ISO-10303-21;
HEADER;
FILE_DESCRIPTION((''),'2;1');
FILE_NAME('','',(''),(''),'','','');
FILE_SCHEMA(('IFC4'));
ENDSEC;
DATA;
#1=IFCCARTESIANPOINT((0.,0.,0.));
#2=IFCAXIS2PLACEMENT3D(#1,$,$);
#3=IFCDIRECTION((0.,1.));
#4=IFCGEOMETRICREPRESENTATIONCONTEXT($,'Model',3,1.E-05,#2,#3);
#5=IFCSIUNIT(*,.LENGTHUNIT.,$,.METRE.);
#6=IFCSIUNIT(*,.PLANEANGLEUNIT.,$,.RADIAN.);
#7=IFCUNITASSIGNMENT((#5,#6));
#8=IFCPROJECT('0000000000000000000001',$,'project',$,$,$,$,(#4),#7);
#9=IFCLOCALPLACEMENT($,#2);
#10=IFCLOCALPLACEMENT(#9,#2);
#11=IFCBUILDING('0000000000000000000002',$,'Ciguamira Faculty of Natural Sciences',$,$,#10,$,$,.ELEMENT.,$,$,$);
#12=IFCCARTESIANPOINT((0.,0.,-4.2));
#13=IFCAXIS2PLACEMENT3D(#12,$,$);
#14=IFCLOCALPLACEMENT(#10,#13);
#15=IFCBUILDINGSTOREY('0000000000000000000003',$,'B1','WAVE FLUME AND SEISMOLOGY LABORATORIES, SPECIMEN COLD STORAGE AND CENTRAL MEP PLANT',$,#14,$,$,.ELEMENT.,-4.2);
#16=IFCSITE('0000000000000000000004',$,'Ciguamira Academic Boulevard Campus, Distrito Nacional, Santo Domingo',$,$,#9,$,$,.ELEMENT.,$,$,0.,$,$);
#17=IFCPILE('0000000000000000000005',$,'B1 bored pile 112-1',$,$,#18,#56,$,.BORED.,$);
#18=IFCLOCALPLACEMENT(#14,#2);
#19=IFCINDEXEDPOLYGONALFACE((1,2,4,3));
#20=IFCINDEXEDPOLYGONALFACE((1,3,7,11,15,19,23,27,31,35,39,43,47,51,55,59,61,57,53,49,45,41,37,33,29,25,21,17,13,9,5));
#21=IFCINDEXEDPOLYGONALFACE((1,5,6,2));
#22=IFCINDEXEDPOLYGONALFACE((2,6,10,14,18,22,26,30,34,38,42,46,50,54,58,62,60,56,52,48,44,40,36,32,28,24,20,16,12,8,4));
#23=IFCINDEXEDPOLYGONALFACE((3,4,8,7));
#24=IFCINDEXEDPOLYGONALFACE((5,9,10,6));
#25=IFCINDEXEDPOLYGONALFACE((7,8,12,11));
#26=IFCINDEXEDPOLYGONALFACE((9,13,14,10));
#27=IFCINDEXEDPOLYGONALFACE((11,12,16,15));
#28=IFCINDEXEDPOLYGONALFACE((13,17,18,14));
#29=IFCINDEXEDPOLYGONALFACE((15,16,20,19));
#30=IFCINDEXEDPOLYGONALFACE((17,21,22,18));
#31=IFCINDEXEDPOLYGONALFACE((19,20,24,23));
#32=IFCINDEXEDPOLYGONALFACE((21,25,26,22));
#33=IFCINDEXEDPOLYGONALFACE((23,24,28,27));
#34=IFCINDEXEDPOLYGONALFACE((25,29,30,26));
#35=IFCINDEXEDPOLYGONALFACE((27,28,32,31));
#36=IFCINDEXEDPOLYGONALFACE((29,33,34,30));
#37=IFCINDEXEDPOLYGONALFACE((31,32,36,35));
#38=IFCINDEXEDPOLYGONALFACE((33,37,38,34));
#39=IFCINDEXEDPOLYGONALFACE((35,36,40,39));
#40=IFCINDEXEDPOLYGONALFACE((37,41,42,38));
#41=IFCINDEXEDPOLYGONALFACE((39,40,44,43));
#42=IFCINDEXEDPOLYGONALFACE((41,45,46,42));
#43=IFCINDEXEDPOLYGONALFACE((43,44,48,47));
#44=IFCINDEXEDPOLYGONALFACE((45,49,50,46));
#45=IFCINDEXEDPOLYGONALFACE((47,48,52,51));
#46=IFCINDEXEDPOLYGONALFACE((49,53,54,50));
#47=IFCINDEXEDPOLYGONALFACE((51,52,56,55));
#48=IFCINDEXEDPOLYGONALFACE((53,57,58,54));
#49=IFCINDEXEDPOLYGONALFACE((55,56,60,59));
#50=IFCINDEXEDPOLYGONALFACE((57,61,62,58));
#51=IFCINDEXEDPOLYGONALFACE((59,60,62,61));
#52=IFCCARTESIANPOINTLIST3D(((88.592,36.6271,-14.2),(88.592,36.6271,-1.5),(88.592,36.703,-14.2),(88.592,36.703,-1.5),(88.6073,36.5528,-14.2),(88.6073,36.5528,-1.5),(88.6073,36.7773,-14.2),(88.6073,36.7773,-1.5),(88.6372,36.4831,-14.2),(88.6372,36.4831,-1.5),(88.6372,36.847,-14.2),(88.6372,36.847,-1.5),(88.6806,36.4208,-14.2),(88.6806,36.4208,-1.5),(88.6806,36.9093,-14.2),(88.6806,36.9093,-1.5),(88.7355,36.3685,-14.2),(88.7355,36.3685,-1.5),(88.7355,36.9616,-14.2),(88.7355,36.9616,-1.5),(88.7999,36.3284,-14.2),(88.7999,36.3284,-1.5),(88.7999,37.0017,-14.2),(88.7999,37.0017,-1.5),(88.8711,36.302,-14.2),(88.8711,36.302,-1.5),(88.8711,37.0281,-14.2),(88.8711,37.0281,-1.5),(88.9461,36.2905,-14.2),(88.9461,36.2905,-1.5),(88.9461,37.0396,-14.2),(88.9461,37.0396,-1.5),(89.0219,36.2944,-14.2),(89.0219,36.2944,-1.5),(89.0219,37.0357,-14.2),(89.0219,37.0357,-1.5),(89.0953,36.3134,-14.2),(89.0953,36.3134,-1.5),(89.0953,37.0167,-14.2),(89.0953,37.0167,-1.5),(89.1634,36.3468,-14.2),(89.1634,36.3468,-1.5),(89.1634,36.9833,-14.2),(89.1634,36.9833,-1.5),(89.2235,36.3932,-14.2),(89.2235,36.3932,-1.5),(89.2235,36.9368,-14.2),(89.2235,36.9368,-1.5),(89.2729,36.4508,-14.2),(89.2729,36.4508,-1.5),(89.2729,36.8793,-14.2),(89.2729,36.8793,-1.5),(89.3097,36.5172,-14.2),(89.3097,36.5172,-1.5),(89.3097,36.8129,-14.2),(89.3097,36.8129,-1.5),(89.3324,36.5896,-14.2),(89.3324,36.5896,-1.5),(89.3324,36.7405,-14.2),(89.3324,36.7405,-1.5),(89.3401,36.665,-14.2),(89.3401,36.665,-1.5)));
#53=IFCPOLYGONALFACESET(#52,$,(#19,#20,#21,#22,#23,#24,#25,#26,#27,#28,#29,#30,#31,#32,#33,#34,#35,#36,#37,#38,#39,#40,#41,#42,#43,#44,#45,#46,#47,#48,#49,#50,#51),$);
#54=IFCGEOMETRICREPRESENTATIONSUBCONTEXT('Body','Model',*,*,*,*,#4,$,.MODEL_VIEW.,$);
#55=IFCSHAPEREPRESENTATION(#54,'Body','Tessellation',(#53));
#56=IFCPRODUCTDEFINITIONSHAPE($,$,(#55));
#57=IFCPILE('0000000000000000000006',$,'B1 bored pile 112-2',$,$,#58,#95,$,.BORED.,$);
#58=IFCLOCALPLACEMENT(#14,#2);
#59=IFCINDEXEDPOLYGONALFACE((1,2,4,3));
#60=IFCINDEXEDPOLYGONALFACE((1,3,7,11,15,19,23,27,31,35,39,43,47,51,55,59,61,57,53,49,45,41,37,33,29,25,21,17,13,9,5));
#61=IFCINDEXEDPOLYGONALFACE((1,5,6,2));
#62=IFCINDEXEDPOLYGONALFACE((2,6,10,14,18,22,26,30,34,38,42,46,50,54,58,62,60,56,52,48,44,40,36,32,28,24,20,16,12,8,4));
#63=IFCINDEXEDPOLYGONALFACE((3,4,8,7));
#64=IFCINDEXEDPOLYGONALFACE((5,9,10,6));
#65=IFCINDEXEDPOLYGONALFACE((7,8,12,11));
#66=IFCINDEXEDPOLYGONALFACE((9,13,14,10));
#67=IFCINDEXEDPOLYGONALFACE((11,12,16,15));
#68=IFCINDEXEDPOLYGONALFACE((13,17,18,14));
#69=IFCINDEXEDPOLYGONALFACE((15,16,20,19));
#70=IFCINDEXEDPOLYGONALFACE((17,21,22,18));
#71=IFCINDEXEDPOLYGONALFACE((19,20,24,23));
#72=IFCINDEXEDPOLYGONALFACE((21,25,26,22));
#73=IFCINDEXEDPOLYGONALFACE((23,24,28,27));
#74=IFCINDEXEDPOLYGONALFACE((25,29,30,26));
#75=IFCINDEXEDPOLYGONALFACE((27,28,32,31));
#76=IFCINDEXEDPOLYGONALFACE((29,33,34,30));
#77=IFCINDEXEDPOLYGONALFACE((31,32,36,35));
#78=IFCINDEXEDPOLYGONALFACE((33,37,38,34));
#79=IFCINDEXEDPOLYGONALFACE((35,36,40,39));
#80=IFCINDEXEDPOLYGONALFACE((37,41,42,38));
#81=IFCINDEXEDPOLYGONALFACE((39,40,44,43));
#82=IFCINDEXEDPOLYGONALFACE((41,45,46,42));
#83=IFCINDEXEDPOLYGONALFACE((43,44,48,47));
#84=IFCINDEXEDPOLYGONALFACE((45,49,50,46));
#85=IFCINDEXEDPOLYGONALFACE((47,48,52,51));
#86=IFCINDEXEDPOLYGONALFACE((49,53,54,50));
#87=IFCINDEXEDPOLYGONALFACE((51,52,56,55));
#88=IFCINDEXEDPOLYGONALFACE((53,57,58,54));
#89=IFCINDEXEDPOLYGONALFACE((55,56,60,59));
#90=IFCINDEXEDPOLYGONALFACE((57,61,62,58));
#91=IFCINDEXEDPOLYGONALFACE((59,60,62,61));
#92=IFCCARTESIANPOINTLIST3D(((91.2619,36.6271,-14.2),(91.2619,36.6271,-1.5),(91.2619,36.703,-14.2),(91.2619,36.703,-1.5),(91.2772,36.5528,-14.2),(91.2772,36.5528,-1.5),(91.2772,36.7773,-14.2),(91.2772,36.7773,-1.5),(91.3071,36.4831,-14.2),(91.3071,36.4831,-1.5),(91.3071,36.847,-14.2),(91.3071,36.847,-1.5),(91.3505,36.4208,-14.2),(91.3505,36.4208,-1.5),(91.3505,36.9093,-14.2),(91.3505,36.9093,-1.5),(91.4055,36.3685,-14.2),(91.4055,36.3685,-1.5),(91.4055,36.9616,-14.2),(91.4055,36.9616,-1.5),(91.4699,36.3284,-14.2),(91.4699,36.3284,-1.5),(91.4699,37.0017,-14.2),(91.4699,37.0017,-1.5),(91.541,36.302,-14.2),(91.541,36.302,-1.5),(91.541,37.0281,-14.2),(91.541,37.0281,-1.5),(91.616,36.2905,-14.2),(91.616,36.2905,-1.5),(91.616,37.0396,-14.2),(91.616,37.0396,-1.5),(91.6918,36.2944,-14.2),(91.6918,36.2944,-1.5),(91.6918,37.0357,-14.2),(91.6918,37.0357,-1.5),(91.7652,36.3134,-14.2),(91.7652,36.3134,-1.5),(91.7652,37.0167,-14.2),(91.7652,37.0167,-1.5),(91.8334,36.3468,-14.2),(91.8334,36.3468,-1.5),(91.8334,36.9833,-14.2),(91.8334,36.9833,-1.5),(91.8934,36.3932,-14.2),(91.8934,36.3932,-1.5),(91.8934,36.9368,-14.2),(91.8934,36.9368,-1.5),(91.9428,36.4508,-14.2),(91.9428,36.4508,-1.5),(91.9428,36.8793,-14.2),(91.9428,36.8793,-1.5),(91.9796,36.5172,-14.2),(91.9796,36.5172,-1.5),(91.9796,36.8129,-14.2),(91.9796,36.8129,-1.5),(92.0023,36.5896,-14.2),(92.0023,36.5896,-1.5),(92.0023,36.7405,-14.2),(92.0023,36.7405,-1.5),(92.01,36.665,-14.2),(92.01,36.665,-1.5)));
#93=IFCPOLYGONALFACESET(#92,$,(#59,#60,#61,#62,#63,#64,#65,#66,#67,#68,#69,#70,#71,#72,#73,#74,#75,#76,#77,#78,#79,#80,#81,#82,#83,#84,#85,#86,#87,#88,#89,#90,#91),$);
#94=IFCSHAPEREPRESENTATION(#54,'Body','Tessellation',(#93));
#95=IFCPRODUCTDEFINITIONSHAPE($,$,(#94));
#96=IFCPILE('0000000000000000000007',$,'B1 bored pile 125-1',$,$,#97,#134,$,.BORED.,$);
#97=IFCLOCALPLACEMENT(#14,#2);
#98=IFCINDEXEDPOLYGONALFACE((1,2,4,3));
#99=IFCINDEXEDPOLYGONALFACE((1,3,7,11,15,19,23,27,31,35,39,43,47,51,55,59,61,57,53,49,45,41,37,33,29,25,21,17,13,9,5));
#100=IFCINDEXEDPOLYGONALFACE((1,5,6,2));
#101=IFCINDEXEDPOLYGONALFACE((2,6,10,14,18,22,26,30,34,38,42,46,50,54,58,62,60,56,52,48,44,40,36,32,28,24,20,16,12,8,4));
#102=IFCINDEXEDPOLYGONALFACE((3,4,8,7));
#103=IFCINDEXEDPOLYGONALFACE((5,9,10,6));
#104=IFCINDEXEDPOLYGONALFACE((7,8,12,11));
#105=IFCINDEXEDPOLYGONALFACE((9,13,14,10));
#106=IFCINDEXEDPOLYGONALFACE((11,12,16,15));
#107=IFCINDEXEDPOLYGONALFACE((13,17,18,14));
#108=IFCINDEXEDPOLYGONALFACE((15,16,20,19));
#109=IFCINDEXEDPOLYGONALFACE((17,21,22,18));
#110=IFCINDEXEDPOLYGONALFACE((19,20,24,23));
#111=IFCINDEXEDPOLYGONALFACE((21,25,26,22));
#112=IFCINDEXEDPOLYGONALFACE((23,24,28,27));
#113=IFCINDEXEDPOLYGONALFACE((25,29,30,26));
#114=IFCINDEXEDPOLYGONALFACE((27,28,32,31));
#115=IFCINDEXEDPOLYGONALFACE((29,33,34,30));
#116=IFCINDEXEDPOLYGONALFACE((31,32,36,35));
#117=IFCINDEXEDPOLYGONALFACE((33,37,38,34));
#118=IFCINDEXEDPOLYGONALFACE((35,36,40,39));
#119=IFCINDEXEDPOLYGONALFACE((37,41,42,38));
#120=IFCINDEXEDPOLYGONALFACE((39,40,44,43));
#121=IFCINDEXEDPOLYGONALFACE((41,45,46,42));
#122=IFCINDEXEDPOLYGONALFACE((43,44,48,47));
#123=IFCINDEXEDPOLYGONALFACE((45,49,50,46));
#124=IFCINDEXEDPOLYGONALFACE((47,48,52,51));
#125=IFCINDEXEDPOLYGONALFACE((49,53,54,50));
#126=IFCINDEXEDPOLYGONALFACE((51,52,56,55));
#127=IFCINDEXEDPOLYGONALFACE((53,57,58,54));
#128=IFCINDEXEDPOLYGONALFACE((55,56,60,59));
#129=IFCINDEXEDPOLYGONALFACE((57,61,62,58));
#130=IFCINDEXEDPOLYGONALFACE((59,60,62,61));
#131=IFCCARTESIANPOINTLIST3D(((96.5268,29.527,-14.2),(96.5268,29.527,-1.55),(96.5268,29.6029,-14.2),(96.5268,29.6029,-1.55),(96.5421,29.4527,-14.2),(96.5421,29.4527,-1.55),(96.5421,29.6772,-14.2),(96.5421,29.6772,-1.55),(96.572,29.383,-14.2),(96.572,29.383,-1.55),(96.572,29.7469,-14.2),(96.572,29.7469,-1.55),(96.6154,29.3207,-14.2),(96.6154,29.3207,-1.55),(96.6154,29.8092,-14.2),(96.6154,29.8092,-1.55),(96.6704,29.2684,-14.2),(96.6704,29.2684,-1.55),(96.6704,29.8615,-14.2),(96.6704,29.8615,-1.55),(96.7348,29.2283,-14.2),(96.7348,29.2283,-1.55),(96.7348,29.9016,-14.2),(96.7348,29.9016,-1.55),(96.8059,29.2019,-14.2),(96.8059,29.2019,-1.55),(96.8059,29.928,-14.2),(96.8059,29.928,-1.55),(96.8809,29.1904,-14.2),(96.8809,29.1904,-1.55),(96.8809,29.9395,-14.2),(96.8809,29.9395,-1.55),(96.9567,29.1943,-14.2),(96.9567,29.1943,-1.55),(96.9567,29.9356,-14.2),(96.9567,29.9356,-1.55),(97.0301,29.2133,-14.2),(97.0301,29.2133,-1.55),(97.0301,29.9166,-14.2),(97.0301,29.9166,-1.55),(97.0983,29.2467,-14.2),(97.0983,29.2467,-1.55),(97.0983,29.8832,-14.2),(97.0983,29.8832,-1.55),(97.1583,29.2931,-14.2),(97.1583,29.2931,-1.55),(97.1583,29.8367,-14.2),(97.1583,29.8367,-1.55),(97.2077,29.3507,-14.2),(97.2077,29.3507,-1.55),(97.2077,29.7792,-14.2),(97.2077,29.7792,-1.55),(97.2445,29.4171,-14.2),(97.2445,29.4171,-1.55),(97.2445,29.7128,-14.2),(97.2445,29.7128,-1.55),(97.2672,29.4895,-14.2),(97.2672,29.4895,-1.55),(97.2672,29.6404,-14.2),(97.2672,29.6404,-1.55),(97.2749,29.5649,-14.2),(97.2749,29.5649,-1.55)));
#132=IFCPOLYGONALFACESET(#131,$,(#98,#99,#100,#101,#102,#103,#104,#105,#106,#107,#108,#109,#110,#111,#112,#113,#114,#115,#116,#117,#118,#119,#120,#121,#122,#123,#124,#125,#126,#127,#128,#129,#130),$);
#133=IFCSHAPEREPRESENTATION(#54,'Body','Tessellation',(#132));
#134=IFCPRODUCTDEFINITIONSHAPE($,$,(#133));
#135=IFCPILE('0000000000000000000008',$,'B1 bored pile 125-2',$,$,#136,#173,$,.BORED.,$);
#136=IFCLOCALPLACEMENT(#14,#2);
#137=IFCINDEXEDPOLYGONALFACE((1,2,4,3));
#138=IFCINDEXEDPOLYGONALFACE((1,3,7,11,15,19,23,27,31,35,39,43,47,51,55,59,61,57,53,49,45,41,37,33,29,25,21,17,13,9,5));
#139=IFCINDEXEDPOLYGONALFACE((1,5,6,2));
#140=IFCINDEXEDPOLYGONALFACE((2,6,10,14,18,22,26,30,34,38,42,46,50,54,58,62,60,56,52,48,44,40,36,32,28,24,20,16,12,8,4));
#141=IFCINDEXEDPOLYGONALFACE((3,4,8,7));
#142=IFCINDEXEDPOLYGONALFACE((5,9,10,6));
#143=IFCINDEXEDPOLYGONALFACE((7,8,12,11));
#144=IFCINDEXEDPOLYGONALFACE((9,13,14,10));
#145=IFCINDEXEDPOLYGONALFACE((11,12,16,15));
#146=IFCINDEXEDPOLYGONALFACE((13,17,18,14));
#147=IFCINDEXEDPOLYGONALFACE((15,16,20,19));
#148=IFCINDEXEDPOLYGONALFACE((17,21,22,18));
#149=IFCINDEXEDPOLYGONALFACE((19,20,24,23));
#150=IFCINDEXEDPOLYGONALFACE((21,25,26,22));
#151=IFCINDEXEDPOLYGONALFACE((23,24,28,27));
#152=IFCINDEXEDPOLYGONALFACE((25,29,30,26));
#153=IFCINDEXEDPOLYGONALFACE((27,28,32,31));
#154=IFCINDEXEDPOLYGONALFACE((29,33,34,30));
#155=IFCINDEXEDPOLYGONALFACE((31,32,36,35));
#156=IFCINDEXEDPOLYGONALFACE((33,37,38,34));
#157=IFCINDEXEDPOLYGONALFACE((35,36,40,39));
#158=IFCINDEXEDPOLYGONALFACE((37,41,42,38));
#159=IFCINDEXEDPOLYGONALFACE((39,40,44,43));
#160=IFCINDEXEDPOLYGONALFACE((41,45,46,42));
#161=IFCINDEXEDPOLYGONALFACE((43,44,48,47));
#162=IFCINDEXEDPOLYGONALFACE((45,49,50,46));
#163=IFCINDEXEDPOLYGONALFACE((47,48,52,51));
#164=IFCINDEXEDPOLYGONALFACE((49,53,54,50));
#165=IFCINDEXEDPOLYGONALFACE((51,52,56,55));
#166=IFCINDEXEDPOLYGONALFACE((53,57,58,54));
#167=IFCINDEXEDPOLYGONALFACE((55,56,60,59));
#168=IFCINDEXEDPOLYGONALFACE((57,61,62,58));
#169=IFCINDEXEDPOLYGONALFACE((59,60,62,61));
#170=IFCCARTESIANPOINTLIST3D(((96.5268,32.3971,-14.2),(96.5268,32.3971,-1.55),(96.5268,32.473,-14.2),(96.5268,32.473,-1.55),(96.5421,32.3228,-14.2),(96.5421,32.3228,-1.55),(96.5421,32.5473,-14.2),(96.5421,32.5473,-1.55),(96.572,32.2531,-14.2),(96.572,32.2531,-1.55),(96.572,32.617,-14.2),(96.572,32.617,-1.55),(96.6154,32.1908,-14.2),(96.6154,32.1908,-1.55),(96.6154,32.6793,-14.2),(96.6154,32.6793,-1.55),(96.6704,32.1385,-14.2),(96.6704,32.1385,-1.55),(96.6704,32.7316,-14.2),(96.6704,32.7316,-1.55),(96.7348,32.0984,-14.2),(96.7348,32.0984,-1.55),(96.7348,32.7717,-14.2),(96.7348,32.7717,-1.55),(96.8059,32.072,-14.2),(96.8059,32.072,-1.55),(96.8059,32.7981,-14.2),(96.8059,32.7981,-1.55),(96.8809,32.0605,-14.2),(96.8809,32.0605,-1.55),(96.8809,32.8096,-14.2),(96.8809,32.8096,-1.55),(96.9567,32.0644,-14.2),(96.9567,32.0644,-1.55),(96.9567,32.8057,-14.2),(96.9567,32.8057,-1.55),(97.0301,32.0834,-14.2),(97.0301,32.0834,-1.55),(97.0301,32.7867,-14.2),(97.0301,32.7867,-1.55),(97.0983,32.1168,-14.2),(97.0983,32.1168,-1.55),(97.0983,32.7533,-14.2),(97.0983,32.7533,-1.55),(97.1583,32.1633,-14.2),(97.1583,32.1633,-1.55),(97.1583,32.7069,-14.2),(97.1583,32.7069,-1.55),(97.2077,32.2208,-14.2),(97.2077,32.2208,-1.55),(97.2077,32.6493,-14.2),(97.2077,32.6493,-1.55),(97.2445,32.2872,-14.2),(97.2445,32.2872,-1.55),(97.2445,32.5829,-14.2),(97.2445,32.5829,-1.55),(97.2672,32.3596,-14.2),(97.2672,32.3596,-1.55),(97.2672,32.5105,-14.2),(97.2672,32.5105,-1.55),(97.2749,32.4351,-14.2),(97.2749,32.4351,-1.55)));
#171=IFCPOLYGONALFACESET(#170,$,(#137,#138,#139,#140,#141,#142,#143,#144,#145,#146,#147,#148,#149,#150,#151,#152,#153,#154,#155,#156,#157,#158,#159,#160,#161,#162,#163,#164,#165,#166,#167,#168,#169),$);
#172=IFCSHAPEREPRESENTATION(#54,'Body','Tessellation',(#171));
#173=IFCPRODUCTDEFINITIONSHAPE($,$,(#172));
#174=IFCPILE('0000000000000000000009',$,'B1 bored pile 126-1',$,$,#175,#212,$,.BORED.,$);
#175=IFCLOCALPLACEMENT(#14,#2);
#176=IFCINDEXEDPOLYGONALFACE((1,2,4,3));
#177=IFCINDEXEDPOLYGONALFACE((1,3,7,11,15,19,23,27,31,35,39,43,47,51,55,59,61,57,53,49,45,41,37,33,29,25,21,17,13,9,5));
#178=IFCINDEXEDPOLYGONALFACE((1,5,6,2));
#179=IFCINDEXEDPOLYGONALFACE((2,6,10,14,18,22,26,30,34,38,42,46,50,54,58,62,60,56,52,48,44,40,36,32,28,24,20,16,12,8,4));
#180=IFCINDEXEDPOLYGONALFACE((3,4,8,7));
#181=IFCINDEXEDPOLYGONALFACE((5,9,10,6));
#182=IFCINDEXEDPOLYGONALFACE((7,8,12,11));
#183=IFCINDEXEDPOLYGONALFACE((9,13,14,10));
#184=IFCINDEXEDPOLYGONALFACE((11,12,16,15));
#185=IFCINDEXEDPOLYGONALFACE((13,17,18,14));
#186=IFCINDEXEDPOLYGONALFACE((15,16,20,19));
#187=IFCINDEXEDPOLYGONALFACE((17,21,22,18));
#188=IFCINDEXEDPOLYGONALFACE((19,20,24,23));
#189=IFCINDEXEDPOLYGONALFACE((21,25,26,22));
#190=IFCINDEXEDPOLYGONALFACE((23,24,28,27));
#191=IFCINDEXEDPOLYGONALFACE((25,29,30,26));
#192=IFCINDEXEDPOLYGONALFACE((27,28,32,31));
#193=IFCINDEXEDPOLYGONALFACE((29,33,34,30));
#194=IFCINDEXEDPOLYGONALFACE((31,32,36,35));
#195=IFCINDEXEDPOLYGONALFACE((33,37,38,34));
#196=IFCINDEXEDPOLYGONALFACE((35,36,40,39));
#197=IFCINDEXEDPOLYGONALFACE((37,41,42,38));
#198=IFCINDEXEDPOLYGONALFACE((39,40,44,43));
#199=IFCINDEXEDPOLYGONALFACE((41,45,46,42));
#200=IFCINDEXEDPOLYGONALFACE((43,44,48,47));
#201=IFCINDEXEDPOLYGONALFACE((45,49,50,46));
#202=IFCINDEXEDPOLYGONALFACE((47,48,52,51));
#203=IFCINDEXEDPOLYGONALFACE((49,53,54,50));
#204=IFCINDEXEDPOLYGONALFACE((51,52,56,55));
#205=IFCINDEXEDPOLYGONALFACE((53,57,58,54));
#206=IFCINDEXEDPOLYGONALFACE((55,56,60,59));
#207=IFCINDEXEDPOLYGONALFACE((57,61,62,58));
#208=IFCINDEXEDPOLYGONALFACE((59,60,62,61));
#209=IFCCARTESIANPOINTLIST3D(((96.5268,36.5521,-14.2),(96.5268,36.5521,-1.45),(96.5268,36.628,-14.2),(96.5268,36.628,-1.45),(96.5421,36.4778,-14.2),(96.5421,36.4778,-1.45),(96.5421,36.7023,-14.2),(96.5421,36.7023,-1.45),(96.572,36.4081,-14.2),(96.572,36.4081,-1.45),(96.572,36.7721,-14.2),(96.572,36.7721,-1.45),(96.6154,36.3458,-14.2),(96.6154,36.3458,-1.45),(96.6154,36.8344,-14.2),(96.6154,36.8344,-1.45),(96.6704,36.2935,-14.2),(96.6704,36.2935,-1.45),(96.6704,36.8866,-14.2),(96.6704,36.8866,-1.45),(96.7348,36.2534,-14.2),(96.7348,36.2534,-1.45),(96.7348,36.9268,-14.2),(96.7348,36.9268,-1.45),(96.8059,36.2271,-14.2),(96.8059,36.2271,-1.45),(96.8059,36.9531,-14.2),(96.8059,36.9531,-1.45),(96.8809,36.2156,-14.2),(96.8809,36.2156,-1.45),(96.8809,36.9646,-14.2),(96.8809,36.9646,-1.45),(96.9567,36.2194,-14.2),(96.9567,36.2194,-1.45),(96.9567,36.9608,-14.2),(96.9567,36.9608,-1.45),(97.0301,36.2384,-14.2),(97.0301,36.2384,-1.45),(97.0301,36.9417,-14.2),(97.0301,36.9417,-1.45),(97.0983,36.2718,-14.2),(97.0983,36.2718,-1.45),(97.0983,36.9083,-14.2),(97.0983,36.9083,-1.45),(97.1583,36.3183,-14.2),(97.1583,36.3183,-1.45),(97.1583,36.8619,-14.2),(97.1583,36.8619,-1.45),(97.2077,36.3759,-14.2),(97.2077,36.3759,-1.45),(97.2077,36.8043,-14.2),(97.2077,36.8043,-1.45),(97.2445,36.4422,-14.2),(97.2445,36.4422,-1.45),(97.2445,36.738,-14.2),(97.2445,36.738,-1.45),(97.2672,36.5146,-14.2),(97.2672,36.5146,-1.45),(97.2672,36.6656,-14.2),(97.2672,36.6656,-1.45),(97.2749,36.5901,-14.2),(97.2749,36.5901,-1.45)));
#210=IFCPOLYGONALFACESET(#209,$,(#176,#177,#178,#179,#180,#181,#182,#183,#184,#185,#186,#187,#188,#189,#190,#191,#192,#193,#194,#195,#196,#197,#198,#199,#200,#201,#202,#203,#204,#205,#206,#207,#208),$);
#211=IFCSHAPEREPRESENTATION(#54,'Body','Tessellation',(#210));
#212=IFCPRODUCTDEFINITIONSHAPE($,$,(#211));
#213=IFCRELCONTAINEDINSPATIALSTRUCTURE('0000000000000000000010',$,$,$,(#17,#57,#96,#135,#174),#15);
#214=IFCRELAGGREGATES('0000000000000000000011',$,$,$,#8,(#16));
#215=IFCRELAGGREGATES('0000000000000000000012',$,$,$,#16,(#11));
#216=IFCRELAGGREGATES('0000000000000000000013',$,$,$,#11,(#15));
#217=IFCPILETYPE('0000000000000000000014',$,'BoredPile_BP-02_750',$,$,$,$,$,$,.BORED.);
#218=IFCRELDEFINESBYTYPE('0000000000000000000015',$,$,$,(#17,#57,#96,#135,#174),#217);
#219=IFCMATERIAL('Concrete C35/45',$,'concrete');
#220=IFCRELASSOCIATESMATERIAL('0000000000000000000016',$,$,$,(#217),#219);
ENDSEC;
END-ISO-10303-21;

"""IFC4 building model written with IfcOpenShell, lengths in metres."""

from ifc_helpers import new_model, si_unit, direction, frame, origin, origin_2d, place, context, subcontext, project, spatial, circle, extrude, material, material_profile, profile_set, type_object, element, save


model = new_model("IFC4")

# Units and contexts
model_context = context("Model", 3, precision=1e-05, world=origin(), true_north=direction((0.0, 1.0)))
body_context = subcontext(model_context, "Body", "Model", "MODEL_VIEW")
ifc_project = project(units=[si_unit("LENGTHUNIT", "METRE"), si_unit("PLANEANGLEUNIT", "RADIAN")], contexts=[model_context])

# Site, building, storey
site_placement = place(None, origin())
site = spatial("IfcSite", under=ifc_project, at=site_placement, Name="Ciguamira Academic Boulevard Campus, Distrito Nacional, Santo Domingo", CompositionType="ELEMENT", RefElevation=0.0)
building_placement = place(site_placement, origin())
building = spatial("IfcBuilding", under=site, at=building_placement, Name="Ciguamira Faculty of Natural Sciences", CompositionType="ELEMENT")
storey_placement = place(building_placement, frame((0.0, 0.0, -4.2)))
storey = spatial("IfcBuildingStorey", under=building, at=storey_placement, Name="B1", Description="WAVE FLUME AND SEISMOLOGY LABORATORIES, SPECIMEN COLD STORAGE AND CENTRAL MEP PLANT", CompositionType="ELEMENT", Elevation=-4.2)

# Piles
ifc_material_1 = material(Name="Concrete C35/45", Category="concrete")
ifc_material_profile_1 = material_profile(ifc_material_1, circle(Radius=0.375, at=origin_2d()), Name="PILE-BORED-750")
ifc_profile_set_1 = profile_set([ifc_material_profile_1], Name="Concrete C35/45")
pile_type = type_object("IfcPileType", Name="BoredPile_BP-02_750", PredefinedType="BORED", material=ifc_profile_set_1)
for number, where, z_axis, x_axis, name in (
    (1, (88.9651, 36.665, -1.5), (0.0, 0.0, -1.0), (1.0, 0.0, 0.0), "B1 bored pile 112-1"),
    (2, (91.635, 36.665, -1.5), (0.0, 0.0, -1.0), (1.0, 0.0, 0.0), "B1 bored pile 112-2"),
):
    element("IfcPile", number, at=place(storey_placement, frame(where, z_axis=z_axis, x_axis=x_axis)), inside=storey, type_object=pile_type, Name=name, PredefinedType="BORED", context=body_context, shape_type="SweptSolid", body=[
        extrude(circle(Radius=0.375, at=origin_2d()), origin(), (0.0, 0.0, 1.0), 12.7),
    ])
for number, where, z_axis, x_axis, name in (
    (3, (96.8999, 29.5649, -1.55), (0.0, 0.0, -1.0), (1.0, 0.0, 0.0), "B1 bored pile 125-1"),
    (4, (96.8999, 32.4351, -1.55), (0.0, 0.0, -1.0), (1.0, 0.0, 0.0), "B1 bored pile 125-2"),
):
    element("IfcPile", number, at=place(storey_placement, frame(where, z_axis=z_axis, x_axis=x_axis)), inside=storey, type_object=pile_type, Name=name, PredefinedType="BORED", context=body_context, shape_type="SweptSolid", body=[
        extrude(circle(Radius=0.375, at=origin_2d()), origin(), (0.0, 0.0, 1.0), 12.6499),
    ])
pile_1_placement = place(storey_placement, frame((96.8999, 36.5901, -1.45), z_axis=(0.0, 0.0, -1.0), x_axis=(1.0, 0.0, 0.0)))
element("IfcPile", 5, at=pile_1_placement, inside=storey, type_object=pile_type, Name="B1 bored pile 126-1", PredefinedType="BORED", context=body_context, shape_type="SweptSolid", body=[
    extrude(circle(Radius=0.375, at=origin_2d()), origin(), (0.0, 0.0, 1.0), 12.75),
])

save(model, "model.ifc")
